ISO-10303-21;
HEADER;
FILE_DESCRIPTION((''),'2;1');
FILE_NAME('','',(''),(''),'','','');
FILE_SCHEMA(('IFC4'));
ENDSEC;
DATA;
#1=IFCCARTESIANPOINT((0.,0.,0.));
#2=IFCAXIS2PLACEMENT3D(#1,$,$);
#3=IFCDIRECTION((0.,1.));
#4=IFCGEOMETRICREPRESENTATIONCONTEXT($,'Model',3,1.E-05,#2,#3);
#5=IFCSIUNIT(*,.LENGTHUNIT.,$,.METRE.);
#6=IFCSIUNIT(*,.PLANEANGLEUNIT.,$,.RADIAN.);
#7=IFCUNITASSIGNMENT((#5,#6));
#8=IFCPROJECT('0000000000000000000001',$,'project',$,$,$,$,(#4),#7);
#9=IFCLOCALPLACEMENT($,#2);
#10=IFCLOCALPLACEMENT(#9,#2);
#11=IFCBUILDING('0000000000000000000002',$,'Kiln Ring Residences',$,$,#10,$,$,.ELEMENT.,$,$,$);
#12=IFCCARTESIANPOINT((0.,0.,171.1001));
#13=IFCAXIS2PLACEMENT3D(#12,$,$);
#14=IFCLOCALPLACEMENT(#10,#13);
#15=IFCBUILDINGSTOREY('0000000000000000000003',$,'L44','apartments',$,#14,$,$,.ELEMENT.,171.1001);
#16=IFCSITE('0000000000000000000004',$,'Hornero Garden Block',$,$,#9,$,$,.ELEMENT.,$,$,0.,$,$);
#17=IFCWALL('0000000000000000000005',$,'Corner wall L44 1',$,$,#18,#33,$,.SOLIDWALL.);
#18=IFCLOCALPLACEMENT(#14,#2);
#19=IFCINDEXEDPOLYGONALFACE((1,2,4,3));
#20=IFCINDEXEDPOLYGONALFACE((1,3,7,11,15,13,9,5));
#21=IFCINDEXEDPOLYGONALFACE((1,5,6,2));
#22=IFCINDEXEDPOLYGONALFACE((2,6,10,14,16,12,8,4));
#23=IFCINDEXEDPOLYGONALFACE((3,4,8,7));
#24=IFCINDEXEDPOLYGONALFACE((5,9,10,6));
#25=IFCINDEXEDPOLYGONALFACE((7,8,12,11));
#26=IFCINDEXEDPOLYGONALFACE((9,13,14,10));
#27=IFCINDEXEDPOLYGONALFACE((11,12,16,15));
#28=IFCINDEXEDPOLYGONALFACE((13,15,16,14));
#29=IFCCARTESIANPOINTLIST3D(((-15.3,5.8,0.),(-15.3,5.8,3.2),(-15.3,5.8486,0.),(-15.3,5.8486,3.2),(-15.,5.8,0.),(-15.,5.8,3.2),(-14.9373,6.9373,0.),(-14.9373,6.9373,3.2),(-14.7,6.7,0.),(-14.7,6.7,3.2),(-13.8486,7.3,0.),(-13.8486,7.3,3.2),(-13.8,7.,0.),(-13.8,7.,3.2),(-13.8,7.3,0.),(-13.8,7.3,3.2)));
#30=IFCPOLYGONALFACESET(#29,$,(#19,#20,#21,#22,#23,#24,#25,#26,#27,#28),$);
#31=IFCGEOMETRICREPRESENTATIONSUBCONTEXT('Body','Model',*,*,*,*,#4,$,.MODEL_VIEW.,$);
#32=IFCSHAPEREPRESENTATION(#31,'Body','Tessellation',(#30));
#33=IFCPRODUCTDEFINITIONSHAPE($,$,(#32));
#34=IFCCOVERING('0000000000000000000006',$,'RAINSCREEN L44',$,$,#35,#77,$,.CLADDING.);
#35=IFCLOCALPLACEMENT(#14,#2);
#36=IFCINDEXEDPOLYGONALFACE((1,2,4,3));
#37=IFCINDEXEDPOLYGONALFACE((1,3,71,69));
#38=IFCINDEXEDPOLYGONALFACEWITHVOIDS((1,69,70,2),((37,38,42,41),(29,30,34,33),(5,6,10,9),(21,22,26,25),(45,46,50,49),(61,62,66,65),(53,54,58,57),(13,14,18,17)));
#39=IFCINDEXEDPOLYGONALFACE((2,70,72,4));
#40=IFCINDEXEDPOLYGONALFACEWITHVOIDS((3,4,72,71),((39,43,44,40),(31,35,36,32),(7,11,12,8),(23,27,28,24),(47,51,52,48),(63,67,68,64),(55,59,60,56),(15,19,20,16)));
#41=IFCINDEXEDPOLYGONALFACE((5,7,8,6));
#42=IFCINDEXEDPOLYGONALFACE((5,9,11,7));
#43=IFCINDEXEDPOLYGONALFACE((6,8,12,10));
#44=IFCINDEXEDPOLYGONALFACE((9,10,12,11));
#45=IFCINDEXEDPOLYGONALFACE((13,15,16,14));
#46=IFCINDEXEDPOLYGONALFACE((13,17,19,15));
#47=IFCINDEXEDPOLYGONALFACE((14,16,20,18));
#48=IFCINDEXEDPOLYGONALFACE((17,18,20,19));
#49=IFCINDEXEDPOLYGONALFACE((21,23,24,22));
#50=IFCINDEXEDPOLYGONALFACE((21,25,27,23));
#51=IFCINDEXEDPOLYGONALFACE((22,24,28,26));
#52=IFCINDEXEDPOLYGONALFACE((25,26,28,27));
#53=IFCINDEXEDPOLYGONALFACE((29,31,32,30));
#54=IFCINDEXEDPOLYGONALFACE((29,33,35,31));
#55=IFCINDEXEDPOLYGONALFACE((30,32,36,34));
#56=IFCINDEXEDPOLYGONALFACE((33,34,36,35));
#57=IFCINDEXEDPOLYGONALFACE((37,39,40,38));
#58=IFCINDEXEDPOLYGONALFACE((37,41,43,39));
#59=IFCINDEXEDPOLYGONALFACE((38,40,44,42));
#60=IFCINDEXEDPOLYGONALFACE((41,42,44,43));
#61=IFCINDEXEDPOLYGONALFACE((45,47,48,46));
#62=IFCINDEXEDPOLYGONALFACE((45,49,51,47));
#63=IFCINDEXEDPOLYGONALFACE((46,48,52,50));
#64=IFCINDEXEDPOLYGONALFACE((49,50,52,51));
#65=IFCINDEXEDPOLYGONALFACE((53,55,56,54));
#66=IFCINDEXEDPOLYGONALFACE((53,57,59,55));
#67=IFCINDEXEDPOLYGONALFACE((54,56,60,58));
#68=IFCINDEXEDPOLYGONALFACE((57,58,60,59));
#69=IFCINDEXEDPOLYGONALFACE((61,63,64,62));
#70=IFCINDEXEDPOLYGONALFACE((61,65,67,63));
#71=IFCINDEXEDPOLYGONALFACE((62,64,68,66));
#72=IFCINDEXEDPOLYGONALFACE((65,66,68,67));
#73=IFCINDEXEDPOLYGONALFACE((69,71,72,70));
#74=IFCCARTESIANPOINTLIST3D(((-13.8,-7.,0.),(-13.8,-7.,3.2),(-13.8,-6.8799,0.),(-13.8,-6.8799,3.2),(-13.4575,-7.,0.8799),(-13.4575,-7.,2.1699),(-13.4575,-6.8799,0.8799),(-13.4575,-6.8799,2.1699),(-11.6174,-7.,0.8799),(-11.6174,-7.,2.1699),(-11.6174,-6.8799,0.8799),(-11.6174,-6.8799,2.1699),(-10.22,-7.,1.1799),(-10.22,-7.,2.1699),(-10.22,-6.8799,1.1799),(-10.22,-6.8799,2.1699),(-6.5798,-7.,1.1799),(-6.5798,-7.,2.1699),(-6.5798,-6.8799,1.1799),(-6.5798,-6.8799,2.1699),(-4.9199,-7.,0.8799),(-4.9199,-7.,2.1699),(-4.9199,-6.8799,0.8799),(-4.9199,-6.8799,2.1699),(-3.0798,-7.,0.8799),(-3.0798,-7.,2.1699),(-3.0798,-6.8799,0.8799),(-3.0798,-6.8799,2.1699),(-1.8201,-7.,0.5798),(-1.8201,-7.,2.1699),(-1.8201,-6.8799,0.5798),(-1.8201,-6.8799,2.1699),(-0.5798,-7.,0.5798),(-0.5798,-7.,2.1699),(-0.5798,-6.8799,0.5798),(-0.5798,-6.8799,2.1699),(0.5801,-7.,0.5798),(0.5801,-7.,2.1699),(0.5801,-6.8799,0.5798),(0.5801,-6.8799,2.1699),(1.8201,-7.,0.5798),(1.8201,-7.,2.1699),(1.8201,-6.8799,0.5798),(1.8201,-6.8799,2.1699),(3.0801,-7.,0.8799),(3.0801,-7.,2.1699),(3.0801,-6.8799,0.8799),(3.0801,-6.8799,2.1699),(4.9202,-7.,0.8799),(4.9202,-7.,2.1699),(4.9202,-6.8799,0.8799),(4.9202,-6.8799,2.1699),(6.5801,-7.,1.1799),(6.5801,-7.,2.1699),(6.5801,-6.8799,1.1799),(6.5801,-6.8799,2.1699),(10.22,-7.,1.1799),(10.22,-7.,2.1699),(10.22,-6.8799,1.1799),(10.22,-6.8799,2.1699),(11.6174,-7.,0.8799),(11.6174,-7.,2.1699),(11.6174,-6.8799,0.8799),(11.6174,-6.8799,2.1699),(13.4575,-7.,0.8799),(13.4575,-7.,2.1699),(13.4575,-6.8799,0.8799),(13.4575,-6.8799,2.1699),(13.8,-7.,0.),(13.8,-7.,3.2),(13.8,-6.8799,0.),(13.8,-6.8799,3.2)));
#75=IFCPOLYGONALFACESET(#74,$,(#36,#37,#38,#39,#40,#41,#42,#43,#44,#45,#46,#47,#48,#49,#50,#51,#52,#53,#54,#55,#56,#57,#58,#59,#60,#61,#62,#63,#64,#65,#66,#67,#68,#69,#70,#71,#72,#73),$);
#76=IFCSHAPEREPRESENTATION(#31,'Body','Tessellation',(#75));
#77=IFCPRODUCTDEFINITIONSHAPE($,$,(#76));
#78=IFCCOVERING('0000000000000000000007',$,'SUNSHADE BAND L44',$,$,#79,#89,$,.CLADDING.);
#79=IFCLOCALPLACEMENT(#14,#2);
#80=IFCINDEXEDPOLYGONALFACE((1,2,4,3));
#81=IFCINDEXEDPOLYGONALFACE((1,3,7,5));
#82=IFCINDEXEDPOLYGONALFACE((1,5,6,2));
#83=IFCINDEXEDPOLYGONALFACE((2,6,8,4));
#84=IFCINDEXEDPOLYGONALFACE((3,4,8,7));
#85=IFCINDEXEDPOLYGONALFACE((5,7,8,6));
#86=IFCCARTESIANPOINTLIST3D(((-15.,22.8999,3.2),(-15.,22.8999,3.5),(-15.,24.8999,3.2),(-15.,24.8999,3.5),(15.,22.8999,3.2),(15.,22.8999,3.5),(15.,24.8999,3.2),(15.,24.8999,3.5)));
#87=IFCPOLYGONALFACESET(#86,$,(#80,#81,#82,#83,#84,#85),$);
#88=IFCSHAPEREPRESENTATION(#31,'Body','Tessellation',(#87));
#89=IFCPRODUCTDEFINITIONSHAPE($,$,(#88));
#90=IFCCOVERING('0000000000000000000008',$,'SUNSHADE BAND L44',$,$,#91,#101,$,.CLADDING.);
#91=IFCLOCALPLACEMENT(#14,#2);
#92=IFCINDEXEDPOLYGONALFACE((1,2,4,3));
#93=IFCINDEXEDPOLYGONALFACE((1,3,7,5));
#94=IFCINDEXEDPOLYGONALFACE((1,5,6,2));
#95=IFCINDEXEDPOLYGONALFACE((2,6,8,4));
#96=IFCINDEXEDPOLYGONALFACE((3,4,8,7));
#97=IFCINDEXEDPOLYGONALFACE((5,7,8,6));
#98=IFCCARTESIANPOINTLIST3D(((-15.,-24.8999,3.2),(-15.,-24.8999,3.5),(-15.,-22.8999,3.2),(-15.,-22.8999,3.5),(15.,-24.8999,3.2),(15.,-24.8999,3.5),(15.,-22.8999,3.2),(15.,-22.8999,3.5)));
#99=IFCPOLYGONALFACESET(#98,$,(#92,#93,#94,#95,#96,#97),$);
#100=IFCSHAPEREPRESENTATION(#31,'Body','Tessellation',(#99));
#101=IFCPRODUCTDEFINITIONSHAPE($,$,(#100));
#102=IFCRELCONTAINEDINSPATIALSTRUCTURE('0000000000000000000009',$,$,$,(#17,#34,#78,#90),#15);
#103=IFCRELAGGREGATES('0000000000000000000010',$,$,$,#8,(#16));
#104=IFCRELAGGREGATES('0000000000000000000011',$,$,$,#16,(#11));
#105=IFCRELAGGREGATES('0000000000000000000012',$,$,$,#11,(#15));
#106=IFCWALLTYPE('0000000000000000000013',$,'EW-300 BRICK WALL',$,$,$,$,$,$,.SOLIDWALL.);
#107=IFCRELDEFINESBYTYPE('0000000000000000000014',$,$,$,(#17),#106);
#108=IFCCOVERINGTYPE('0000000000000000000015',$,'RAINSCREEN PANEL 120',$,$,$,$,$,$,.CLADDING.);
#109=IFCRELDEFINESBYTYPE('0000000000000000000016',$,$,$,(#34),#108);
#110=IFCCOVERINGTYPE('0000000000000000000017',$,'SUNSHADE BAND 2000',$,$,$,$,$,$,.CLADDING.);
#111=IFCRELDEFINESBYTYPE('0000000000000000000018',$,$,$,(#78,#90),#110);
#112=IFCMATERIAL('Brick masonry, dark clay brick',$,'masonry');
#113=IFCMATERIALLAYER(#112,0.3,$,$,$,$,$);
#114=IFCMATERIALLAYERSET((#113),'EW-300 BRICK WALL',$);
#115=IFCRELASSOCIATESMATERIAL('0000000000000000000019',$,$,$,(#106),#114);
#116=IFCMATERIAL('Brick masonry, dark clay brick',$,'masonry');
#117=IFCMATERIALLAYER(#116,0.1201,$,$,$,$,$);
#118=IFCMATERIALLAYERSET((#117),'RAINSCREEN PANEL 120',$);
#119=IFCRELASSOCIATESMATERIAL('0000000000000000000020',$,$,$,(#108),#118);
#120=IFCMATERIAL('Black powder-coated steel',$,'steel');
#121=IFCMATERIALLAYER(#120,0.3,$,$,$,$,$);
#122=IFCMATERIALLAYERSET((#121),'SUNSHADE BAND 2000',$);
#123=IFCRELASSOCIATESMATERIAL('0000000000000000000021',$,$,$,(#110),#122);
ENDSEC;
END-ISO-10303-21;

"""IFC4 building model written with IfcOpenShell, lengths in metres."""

from ifc_helpers import new_model, si_unit, direction, frame, origin, place, context, subcontext, project, spatial, polyline, outline, extrude, material, layer, layer_set, type_object, element, save


model = new_model("IFC4")

# Units and contexts
model_context = context("Model", 3, precision=1e-05, world=origin(), true_north=direction((0.0, 1.0)))
body_context = subcontext(model_context, "Body", "Model", "MODEL_VIEW")
ifc_project = project(units=[si_unit("LENGTHUNIT", "METRE"), si_unit("PLANEANGLEUNIT", "RADIAN")], contexts=[model_context])

# Site, building, storey
site_placement = place(None, origin())
site = spatial("IfcSite", under=ifc_project, at=site_placement, Name="Hornero Garden Block", CompositionType="ELEMENT", RefElevation=0.0)
building_placement = place(site_placement, origin())
building = spatial("IfcBuilding", under=site, at=building_placement, Name="Kiln Ring Residences", CompositionType="ELEMENT")
storey_placement = place(building_placement, frame((0.0, 0.0, 171.1001)))
storey = spatial("IfcBuildingStorey", under=building, at=storey_placement, Name="L44", Description="apartments", CompositionType="ELEMENT", Elevation=171.1001)

# Shared definitions
placement_1 = place(storey_placement, origin())

# Shared definitions
ifc_material_1 = material(Name="Brick masonry, dark clay brick", Category="masonry")
ifc_layer_1 = layer(ifc_material_1, 0.3)
ifc_layer_set_1 = layer_set([ifc_layer_1], Name="EW-300 BRICK WALL")
wall_type = type_object("IfcWallType", Name="EW-300 BRICK WALL", PredefinedType="SOLIDWALL", material=ifc_layer_set_1)

# Wall
element("IfcWall", 1, at=placement_1, inside=storey, type_object=wall_type, Name="Corner wall L44 1", PredefinedType="SOLIDWALL", context=body_context, shape_type="SweptSolid", body=[
    extrude(outline(polyline([(-13.8486, 7.3), (-14.9373, 6.9373), (-15.3, 5.8486), (-15.3, 5.8), (-15.0, 5.8), (-14.7, 6.7), (-13.8, 7.0), (-13.8, 7.3), (-13.8486, 7.3)])), origin(), (0.0, 0.0, 1.0), 3.2),
])

# Coverings
ifc_material_2 = material(Name="Brick masonry, dark clay brick", Category="masonry")
ifc_layer_2 = layer(ifc_material_2, 0.1201)
ifc_layer_set_2 = layer_set([ifc_layer_2], Name="RAINSCREEN PANEL 120")
covering_type_1 = type_object("IfcCoveringType", Name="RAINSCREEN PANEL 120", PredefinedType="CLADDING", material=ifc_layer_set_2)
covering_1_placement = place(storey_placement, frame((13.8, -6.9399, 0.0), z_axis=(0.0, 0.0, 1.0), x_axis=(-1.0, 0.0, 0.0)))
element("IfcCovering", 2, at=covering_1_placement, inside=storey, type_object=covering_type_1, Name="RAINSCREEN L44", PredefinedType="CLADDING", context=body_context, shape_type="SweptSolid", body=[
    extrude(outline(polyline([(0.0, 0.0), (27.6001, 0.0), (27.6001, 3.2), (0.0, 3.2), (0.0, 0.0)]), holes=[polyline([(11.98, 0.5798), (13.22, 0.5798), (13.22, 2.1699), (11.98, 2.1699), (11.98, 0.5798)]), polyline([(14.3799, 0.5798), (15.6201, 0.5798), (15.6201, 2.1699), (14.3799, 2.1699), (14.3799, 0.5798)]), polyline([(0.3425, 0.8799), (2.1826, 0.8799), (2.1826, 2.1699), (0.3425, 2.1699), (0.3425, 0.8799)]), polyline([(8.8799, 0.8799), (10.72, 0.8799), (10.72, 2.1699), (8.8799, 2.1699), (8.8799, 0.8799)]), polyline([(16.8799, 0.8799), (18.72, 0.8799), (18.72, 2.1699), (16.8799, 2.1699), (16.8799, 0.8799)]), polyline([(25.4175, 0.8799), (27.2576, 0.8799), (27.2576, 2.1699), (25.4175, 2.1699), (25.4175, 0.8799)]), polyline([(3.5801, 1.1799), (7.22, 1.1799), (7.22, 2.1699), (3.5801, 2.1699), (3.5801, 1.1799)]), polyline([(20.3799, 1.1799), (24.02, 1.1799), (24.02, 2.1699), (20.3799, 2.1699), (20.3799, 1.1799)])]), frame((0.0, 0.0601, 0.0), z_axis=(0.0, -1.0, 0.0), x_axis=(1.0, 0.0, 0.0)), (0.0, 0.0, 1.0), 0.1201),
])
ifc_material_3 = material(Name="Black powder-coated steel", Category="steel")
ifc_layer_3 = layer(ifc_material_3, 0.3)
ifc_layer_set_3 = layer_set([ifc_layer_3], Name="SUNSHADE BAND 2000")
covering_type_2 = type_object("IfcCoveringType", Name="SUNSHADE BAND 2000", PredefinedType="CLADDING", material=ifc_layer_set_3)
placement_2 = place(storey_placement, frame((0.0, 0.0, 3.2)))
element("IfcCovering", 3, at=placement_2, inside=storey, type_object=covering_type_2, Name="SUNSHADE BAND L44", PredefinedType="CLADDING", context=body_context, shape_type="SweptSolid", body=[
    extrude(outline(polyline([(15.0, 24.8999), (-15.0, 24.8999), (-15.0, 22.8999), (15.0, 22.8999), (15.0, 24.8999)])), origin(), (0.0, 0.0, 1.0), 0.3),
])
element("IfcCovering", 4, at=placement_2, inside=storey, type_object=covering_type_2, Name="SUNSHADE BAND L44", PredefinedType="CLADDING", context=body_context, shape_type="SweptSolid", body=[
    extrude(outline(polyline([(-15.0, -24.8999), (15.0, -24.8999), (15.0, -22.8999), (-15.0, -22.8999), (-15.0, -24.8999)])), origin(), (0.0, 0.0, 1.0), 0.3),
])

save(model, "model.ifc")
